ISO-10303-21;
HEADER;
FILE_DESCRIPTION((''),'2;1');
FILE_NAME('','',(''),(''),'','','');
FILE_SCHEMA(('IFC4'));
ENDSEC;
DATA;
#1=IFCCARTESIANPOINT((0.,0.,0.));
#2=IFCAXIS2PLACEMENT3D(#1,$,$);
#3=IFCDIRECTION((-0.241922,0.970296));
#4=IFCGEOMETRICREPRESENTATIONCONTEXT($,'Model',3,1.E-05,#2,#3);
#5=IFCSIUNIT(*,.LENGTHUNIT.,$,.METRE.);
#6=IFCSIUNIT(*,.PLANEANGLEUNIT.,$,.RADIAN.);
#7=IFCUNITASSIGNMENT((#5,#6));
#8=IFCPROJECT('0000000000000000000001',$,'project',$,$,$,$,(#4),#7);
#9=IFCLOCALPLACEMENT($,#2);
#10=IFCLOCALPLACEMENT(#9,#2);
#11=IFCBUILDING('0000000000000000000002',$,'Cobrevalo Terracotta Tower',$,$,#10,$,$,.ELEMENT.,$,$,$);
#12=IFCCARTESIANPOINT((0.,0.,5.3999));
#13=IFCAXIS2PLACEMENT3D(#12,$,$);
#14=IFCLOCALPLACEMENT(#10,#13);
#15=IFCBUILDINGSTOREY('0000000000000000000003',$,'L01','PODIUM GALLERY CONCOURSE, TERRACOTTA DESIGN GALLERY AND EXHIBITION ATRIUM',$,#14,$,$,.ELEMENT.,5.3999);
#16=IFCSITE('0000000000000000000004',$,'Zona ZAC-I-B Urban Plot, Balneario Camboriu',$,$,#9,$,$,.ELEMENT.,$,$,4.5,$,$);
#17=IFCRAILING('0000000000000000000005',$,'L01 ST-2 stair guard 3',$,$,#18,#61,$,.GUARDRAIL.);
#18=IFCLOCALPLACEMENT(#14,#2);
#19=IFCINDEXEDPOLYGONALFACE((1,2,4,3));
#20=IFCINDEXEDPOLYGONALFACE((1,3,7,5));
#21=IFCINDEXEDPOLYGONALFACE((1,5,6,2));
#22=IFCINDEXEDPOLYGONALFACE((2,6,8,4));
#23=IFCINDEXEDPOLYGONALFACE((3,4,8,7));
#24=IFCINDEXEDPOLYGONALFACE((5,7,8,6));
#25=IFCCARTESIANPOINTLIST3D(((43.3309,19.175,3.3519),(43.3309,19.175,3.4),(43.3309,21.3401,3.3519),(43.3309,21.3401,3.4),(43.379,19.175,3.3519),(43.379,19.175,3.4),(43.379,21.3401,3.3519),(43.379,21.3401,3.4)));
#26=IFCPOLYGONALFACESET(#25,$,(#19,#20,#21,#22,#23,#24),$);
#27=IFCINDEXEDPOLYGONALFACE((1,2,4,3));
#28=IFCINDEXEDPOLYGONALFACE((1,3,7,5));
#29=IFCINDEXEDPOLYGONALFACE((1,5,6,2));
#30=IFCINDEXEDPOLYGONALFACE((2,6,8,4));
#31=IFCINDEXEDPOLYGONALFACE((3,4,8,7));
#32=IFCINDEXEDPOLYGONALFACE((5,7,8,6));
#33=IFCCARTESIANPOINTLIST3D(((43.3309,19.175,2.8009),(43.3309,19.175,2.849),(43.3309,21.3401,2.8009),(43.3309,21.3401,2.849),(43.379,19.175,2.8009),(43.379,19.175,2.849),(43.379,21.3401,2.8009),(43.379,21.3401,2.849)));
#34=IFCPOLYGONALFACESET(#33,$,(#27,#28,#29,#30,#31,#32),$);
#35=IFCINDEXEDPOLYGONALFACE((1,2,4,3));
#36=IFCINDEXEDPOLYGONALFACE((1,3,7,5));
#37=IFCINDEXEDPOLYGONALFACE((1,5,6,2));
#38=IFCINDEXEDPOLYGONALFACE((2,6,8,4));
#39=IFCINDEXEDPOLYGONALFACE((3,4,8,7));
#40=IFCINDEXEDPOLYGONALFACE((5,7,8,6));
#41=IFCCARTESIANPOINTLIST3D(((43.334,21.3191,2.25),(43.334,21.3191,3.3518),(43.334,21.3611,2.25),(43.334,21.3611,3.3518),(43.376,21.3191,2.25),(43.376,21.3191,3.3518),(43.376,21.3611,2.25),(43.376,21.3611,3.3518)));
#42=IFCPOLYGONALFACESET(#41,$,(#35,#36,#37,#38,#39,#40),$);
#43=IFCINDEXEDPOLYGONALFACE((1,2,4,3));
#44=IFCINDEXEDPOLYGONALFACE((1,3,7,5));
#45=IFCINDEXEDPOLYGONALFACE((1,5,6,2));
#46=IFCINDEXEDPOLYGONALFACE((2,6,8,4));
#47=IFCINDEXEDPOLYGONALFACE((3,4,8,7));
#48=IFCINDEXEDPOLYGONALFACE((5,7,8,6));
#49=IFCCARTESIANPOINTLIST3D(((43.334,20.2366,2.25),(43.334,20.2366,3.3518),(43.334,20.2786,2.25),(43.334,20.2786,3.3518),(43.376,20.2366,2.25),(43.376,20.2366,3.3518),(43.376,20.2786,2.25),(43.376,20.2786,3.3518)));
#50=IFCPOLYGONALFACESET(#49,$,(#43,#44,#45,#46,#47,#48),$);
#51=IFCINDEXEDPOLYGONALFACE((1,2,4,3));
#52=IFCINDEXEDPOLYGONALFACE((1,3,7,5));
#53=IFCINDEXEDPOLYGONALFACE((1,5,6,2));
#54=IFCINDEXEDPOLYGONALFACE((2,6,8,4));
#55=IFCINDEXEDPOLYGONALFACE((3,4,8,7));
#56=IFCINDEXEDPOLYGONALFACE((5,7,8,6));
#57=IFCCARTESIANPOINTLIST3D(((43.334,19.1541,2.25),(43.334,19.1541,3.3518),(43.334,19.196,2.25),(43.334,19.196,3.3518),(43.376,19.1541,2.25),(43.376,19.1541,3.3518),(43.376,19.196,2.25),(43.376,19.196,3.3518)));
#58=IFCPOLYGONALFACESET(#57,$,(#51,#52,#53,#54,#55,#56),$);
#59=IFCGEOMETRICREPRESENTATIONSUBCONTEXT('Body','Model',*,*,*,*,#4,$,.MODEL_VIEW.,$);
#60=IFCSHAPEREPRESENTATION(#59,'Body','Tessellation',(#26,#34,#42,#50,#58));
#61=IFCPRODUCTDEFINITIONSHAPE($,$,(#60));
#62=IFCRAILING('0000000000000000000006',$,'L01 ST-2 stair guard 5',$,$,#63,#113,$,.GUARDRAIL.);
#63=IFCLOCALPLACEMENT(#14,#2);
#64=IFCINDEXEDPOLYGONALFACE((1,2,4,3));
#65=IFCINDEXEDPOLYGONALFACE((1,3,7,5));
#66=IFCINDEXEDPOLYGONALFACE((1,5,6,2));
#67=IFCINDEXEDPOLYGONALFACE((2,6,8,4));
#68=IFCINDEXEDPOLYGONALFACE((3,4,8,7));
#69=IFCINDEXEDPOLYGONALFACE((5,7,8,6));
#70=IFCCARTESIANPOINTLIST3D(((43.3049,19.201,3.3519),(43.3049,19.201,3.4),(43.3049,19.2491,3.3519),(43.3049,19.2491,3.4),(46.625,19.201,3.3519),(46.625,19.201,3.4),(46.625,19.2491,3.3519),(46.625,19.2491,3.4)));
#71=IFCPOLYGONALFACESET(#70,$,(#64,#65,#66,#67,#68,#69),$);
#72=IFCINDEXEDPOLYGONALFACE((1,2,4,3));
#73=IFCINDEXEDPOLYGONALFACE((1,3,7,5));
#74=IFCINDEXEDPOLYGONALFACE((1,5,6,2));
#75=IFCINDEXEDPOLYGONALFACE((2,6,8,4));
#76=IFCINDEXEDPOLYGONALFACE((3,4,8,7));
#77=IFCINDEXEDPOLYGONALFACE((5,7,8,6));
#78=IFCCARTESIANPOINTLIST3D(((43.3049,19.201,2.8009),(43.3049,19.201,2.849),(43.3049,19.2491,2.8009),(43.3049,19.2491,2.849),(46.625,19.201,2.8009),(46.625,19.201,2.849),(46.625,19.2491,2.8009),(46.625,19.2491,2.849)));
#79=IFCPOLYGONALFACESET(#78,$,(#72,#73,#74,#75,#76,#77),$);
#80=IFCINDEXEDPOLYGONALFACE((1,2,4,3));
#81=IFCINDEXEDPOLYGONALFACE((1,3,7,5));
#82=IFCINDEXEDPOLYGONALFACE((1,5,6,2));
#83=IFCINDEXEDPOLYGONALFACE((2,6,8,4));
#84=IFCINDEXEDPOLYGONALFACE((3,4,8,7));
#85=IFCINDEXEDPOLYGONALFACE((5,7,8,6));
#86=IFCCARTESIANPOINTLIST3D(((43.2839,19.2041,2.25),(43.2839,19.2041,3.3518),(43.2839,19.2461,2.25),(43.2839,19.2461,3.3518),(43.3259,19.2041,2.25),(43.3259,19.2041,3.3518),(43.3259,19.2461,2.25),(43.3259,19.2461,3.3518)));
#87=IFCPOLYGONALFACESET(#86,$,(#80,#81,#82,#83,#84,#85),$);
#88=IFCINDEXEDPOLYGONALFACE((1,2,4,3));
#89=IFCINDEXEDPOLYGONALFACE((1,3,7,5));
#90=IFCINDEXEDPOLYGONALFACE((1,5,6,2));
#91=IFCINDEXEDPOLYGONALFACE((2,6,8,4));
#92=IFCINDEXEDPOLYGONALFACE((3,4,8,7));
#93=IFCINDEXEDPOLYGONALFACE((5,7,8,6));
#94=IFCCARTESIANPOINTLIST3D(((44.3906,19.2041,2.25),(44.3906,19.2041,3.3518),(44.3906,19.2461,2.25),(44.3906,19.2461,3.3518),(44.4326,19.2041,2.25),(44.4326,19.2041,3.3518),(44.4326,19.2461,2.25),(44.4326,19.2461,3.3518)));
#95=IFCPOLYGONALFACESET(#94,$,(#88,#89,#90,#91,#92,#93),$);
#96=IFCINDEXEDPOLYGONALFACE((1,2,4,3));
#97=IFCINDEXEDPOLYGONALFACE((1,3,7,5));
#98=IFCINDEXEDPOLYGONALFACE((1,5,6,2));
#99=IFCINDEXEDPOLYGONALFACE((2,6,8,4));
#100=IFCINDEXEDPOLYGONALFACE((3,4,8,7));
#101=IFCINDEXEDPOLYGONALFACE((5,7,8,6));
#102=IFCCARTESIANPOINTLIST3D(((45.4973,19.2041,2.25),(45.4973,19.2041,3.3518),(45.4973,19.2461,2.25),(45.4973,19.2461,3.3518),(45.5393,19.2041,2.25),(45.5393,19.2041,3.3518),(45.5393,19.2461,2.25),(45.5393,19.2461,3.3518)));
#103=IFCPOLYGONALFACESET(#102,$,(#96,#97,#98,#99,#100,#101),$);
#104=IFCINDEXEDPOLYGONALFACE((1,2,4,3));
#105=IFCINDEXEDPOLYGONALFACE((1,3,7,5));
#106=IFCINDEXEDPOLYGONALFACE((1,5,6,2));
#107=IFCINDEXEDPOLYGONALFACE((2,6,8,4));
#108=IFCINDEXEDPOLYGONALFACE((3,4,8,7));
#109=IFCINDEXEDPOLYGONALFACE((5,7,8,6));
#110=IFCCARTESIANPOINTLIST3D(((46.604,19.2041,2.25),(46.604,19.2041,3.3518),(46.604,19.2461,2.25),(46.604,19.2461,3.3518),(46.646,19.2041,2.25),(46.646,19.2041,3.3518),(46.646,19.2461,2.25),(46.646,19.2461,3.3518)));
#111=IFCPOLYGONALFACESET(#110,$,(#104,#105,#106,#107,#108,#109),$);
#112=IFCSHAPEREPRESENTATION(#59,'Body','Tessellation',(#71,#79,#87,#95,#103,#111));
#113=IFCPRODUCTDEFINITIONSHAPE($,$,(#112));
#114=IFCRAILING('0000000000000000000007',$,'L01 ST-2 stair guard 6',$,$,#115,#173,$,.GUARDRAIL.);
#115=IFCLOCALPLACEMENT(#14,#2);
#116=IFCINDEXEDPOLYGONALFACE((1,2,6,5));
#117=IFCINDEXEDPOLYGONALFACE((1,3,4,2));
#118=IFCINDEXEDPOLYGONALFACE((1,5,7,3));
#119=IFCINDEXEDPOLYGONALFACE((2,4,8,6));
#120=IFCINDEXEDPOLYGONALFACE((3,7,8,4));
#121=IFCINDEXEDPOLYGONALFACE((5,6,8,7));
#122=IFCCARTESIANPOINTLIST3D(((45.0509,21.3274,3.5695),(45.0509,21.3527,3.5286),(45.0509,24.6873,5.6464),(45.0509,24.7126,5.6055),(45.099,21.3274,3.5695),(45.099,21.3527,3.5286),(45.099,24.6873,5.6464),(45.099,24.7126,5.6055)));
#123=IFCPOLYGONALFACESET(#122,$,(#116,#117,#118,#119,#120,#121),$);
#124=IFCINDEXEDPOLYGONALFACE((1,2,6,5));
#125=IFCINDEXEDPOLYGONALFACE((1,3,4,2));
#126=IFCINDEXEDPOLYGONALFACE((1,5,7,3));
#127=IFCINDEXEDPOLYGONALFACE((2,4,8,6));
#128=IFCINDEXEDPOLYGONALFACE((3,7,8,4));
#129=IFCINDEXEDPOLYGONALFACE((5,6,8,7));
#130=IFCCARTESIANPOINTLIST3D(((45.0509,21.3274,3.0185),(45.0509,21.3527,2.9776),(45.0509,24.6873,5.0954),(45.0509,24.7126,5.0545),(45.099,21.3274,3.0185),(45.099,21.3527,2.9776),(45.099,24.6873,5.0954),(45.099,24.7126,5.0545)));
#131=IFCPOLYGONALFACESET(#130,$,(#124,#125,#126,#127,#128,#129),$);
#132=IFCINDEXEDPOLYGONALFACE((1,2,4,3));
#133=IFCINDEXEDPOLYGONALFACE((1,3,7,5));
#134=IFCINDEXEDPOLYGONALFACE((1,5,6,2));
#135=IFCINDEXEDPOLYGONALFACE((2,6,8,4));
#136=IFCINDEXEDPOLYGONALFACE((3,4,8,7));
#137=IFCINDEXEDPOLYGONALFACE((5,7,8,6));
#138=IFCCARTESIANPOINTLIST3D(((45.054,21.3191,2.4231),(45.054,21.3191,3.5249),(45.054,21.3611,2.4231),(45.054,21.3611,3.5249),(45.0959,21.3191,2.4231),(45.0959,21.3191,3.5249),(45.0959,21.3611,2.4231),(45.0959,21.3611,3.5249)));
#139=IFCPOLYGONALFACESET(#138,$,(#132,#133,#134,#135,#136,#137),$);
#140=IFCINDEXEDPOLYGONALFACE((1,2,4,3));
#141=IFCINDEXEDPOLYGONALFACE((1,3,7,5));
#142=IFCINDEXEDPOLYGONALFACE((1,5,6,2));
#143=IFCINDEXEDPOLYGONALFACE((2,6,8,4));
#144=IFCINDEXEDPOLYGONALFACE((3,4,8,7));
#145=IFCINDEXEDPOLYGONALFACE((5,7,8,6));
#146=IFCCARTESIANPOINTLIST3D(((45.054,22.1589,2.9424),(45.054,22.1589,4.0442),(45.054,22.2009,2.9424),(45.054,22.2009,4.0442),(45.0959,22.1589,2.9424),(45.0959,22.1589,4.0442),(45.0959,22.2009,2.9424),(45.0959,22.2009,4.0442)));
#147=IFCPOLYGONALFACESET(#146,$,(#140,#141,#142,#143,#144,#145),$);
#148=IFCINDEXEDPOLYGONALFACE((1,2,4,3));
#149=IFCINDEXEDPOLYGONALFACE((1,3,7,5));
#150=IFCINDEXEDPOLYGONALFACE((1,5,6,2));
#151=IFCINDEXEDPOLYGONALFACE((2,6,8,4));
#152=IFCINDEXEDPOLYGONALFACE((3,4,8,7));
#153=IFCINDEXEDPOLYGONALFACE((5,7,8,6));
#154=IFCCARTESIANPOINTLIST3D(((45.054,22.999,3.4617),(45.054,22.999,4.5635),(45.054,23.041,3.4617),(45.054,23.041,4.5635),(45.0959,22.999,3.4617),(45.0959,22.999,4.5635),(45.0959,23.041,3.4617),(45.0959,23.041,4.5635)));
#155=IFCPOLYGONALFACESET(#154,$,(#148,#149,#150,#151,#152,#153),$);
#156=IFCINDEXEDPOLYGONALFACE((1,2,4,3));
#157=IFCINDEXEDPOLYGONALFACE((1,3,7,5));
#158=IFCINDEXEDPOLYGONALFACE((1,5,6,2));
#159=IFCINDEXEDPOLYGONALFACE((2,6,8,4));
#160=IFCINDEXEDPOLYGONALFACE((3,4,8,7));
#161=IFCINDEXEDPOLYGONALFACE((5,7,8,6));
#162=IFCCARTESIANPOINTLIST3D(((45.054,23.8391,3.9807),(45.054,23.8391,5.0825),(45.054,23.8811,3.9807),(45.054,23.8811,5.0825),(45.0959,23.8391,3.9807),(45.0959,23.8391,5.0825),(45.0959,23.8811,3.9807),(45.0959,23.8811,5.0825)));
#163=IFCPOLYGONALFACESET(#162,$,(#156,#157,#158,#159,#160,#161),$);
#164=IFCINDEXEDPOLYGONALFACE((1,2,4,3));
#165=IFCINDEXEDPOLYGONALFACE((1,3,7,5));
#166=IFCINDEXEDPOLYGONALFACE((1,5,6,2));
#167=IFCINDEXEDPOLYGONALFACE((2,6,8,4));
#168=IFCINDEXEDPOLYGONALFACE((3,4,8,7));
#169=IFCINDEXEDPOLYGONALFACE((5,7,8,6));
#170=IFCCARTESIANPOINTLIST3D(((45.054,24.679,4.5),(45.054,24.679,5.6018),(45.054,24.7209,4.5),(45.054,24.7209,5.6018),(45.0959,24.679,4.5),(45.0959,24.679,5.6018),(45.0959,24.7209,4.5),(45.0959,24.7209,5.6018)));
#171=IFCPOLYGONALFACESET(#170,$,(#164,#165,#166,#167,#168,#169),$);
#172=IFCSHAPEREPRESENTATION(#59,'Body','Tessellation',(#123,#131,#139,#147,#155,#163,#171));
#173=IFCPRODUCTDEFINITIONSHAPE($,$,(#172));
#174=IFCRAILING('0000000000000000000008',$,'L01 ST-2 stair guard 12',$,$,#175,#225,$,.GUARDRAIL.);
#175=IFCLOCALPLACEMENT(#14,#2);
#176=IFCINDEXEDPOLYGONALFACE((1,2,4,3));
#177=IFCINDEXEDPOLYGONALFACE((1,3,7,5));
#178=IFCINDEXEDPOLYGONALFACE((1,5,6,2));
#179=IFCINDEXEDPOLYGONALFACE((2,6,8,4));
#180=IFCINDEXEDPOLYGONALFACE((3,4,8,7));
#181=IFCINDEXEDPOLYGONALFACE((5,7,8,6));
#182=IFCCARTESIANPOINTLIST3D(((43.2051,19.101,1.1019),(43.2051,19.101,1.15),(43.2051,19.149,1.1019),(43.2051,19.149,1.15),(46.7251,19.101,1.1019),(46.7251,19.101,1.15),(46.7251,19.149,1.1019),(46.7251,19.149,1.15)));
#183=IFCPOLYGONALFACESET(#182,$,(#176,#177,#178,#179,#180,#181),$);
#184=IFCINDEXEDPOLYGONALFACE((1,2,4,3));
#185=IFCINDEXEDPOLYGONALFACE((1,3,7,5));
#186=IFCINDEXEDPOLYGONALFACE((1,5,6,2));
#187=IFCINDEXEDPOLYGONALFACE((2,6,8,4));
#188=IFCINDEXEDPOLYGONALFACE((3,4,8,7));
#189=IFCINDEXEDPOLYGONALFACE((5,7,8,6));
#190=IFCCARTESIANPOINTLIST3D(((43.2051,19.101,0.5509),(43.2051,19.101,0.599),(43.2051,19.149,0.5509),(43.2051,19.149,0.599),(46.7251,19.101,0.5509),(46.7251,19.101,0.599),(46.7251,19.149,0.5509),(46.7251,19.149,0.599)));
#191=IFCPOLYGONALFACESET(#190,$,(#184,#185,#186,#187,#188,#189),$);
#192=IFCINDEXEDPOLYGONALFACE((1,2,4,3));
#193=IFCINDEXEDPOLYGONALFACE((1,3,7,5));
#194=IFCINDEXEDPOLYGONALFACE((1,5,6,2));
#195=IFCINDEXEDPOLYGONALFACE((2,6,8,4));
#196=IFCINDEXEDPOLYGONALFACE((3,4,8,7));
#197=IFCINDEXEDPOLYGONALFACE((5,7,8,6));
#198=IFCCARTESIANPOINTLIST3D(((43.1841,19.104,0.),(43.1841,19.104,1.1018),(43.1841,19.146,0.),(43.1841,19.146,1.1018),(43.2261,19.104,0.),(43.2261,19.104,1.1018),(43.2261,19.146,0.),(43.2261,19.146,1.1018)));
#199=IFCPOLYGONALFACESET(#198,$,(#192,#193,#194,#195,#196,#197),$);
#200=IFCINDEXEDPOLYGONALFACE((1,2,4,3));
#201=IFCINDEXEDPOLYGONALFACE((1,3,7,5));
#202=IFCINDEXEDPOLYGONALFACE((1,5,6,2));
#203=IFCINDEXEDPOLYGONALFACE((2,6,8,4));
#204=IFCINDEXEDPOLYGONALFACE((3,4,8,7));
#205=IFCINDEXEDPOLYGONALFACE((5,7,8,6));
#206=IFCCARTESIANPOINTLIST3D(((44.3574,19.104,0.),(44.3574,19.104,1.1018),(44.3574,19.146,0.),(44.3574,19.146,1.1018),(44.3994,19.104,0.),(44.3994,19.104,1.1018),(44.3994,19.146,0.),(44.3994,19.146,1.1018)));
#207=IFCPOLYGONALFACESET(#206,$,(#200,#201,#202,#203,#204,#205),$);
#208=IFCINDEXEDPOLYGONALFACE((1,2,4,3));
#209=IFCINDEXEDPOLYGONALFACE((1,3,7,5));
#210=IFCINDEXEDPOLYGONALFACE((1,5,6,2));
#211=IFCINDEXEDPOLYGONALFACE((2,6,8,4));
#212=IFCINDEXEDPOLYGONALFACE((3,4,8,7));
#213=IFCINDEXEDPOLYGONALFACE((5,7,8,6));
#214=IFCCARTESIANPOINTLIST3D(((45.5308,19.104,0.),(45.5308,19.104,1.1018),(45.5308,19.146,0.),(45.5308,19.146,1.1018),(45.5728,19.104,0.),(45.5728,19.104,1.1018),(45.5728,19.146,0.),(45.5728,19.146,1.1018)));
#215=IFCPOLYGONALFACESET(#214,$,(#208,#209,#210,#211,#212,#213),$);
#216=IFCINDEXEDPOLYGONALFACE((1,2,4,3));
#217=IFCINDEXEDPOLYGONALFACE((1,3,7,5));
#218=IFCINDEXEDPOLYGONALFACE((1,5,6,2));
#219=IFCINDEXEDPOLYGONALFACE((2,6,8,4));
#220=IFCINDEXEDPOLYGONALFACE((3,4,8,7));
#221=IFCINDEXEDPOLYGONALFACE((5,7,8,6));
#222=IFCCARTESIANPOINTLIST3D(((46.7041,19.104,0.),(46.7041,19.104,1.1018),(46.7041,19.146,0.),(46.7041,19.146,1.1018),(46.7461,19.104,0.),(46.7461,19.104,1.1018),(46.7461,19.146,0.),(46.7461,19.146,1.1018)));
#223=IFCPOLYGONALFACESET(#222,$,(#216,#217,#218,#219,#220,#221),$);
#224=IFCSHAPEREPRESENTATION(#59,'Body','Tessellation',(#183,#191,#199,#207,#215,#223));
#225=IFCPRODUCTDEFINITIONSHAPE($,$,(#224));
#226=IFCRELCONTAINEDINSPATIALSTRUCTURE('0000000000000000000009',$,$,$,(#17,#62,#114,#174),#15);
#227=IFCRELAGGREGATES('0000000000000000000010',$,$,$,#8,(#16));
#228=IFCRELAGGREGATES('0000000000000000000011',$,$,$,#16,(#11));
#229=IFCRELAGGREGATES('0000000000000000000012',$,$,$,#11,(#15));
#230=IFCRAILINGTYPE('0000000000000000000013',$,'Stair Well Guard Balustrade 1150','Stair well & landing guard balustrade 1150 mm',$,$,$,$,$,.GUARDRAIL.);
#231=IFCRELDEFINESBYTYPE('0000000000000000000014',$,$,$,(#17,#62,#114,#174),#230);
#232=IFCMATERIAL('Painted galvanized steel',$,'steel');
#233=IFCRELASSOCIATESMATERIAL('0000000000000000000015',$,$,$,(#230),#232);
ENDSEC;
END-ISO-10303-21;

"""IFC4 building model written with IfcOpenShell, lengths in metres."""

from ifc_helpers import new_model, si_unit, direction, frame, origin, origin_2d, place, context, subcontext, project, spatial, rectangle, extrude, material, type_object, element, save


model = new_model("IFC4")

# Units and contexts
model_context = context("Model", 3, precision=1e-05, world=origin(), true_north=direction((-0.241922, 0.970296)))
body_context = subcontext(model_context, "Body", "Model", "MODEL_VIEW")
ifc_project = project(units=[si_unit("LENGTHUNIT", "METRE"), si_unit("PLANEANGLEUNIT", "RADIAN")], contexts=[model_context])

# Site, building, storey
site_placement = place(None, origin())
site = spatial("IfcSite", under=ifc_project, at=site_placement, Name="Zona ZAC-I-B Urban Plot, Balneario Camboriu", CompositionType="ELEMENT", RefElevation=4.5)
building_placement = place(site_placement, origin())
building = spatial("IfcBuilding", under=site, at=building_placement, Name="Cobrevalo Terracotta Tower", CompositionType="ELEMENT")
storey_placement = place(building_placement, frame((0.0, 0.0, 5.3999)))
storey = spatial("IfcBuildingStorey", under=building, at=storey_placement, Name="L01", Description="PODIUM GALLERY CONCOURSE, TERRACOTTA DESIGN GALLERY AND EXHIBITION ATRIUM", CompositionType="ELEMENT", Elevation=5.3999)

# Railings
ifc_material_1 = material(Name="Painted galvanized steel", Category="steel")
railing_type = type_object("IfcRailingType", Name="Stair Well Guard Balustrade 1150", Description="Stair well & landing guard balustrade 1150 mm", PredefinedType="GUARDRAIL", material=ifc_material_1)
railing_1_placement = place(storey_placement, frame((43.355, 21.3401, 2.25)))
element("IfcRailing", 1, at=railing_1_placement, inside=storey, type_object=railing_type, Name="L01 ST-2 stair guard 3", PredefinedType="GUARDRAIL", context=body_context, shape_type="SweptSolid", body=[
    extrude(rectangle(XDim=0.0481, YDim=0.0481, at=origin_2d()), frame((0.0, 0.0, 1.126), z_axis=(0.0, -1.0, 0.0), x_axis=(1.0, 0.0, 0.0)), (0.0, 0.0, 1.0), 2.165),
    extrude(rectangle(XDim=0.0481, YDim=0.0481, at=origin_2d()), frame((0.0, 0.0, 0.575), z_axis=(0.0, -1.0, 0.0), x_axis=(1.0, 0.0, 0.0)), (0.0, 0.0, 1.0), 2.165),
    extrude(rectangle(XDim=0.042, YDim=0.042, at=origin_2d()), origin(), (0.0, 0.0, 1.0), 1.1018),
    extrude(rectangle(XDim=0.042, YDim=0.042, at=origin_2d()), frame((0.0, -1.0825, 0.0)), (0.0, 0.0, 1.0), 1.1018),
    extrude(rectangle(XDim=0.042, YDim=0.042, at=origin_2d()), frame((0.0, -2.165, 0.0)), (0.0, 0.0, 1.0), 1.1018),
])
railing_2_placement = place(storey_placement, frame((43.3049, 19.2251, 2.25)))
element("IfcRailing", 2, at=railing_2_placement, inside=storey, type_object=railing_type, Name="L01 ST-2 stair guard 5", PredefinedType="GUARDRAIL", context=body_context, shape_type="SweptSolid", body=[
    extrude(rectangle(XDim=0.0481, YDim=0.0481, at=origin_2d()), frame((0.0, 0.0, 1.126), z_axis=(1.0, 0.0, 0.0), x_axis=(0.0, 1.0, 0.0)), (0.0, 0.0, 1.0), 3.3201),
    extrude(rectangle(XDim=0.0481, YDim=0.0481, at=origin_2d()), frame((0.0, 0.0, 0.575), z_axis=(1.0, 0.0, 0.0), x_axis=(0.0, 1.0, 0.0)), (0.0, 0.0, 1.0), 3.3201),
    extrude(rectangle(XDim=0.042, YDim=0.042, at=origin_2d()), origin(), (0.0, 0.0, 1.0), 1.1018),
    extrude(rectangle(XDim=0.042, YDim=0.042, at=origin_2d()), frame((1.1067, 0.0, 0.0)), (0.0, 0.0, 1.0), 1.1018),
    extrude(rectangle(XDim=0.042, YDim=0.042, at=origin_2d()), frame((2.2134, 0.0, 0.0)), (0.0, 0.0, 1.0), 1.1018),
    extrude(rectangle(XDim=0.042, YDim=0.042, at=origin_2d()), frame((3.3201, 0.0, 0.0)), (0.0, 0.0, 1.0), 1.1018),
])
railing_3_placement = place(storey_placement, frame((45.075, 21.3401, 2.4231)))
element("IfcRailing", 3, at=railing_3_placement, inside=storey, type_object=railing_type, Name="L01 ST-2 stair guard 6", PredefinedType="GUARDRAIL", context=body_context, shape_type="SweptSolid", body=[
    extrude(rectangle(XDim=0.0481, YDim=0.0481, at=origin_2d()), frame((0.0, 0.0, 1.126), z_axis=(0.0, 0.850606, 0.525803), x_axis=(-1.0, 0.0, 0.0)), (0.0, 0.0, 1.0), 3.95),
    extrude(rectangle(XDim=0.0481, YDim=0.0481, at=origin_2d()), frame((0.0, 0.0, 0.575), z_axis=(0.0, 0.850606, 0.525803), x_axis=(-1.0, 0.0, 0.0)), (0.0, 0.0, 1.0), 3.95),
    extrude(rectangle(XDim=0.042, YDim=0.042, at=origin_2d()), origin(), (0.0, 0.0, 1.0), 1.1018),
    extrude(rectangle(XDim=0.042, YDim=0.042, at=origin_2d()), frame((0.0, 0.8398, 0.5193)), (0.0, 0.0, 1.0), 1.1018),
    extrude(rectangle(XDim=0.042, YDim=0.042, at=origin_2d()), frame((0.0, 1.6799, 1.0386)), (0.0, 0.0, 1.0), 1.1018),
    extrude(rectangle(XDim=0.042, YDim=0.042, at=origin_2d()), frame((0.0, 2.52, 1.5576)), (0.0, 0.0, 1.0), 1.1018),
    extrude(rectangle(XDim=0.042, YDim=0.042, at=origin_2d()), frame((0.0, 3.3599, 2.0769)), (0.0, 0.0, 1.0), 1.1018),
])
railing_4_placement = place(storey_placement, frame((43.2051, 19.125, 0.0)))
element("IfcRailing", 4, at=railing_4_placement, inside=storey, type_object=railing_type, Name="L01 ST-2 stair guard 12", PredefinedType="GUARDRAIL", context=body_context, shape_type="SweptSolid", body=[
    extrude(rectangle(XDim=0.0481, YDim=0.0481, at=origin_2d()), frame((0.0, 0.0, 1.126), z_axis=(1.0, 0.0, 0.0), x_axis=(0.0, 1.0, 0.0)), (0.0, 0.0, 1.0), 3.52),
    extrude(rectangle(XDim=0.0481, YDim=0.0481, at=origin_2d()), frame((0.0, 0.0, 0.575), z_axis=(1.0, 0.0, 0.0), x_axis=(0.0, 1.0, 0.0)), (0.0, 0.0, 1.0), 3.52),
    extrude(rectangle(XDim=0.042, YDim=0.042, at=origin_2d()), origin(), (0.0, 0.0, 1.0), 1.1018),
    extrude(rectangle(XDim=0.042, YDim=0.042, at=origin_2d()), frame((1.1733, 0.0, 0.0)), (0.0, 0.0, 1.0), 1.1018),
    extrude(rectangle(XDim=0.042, YDim=0.042, at=origin_2d()), frame((2.3467, 0.0, 0.0)), (0.0, 0.0, 1.0), 1.1018),
    extrude(rectangle(XDim=0.042, YDim=0.042, at=origin_2d()), frame((3.52, 0.0, 0.0)), (0.0, 0.0, 1.0), 1.1018),
])

save(model, "model.ifc")
